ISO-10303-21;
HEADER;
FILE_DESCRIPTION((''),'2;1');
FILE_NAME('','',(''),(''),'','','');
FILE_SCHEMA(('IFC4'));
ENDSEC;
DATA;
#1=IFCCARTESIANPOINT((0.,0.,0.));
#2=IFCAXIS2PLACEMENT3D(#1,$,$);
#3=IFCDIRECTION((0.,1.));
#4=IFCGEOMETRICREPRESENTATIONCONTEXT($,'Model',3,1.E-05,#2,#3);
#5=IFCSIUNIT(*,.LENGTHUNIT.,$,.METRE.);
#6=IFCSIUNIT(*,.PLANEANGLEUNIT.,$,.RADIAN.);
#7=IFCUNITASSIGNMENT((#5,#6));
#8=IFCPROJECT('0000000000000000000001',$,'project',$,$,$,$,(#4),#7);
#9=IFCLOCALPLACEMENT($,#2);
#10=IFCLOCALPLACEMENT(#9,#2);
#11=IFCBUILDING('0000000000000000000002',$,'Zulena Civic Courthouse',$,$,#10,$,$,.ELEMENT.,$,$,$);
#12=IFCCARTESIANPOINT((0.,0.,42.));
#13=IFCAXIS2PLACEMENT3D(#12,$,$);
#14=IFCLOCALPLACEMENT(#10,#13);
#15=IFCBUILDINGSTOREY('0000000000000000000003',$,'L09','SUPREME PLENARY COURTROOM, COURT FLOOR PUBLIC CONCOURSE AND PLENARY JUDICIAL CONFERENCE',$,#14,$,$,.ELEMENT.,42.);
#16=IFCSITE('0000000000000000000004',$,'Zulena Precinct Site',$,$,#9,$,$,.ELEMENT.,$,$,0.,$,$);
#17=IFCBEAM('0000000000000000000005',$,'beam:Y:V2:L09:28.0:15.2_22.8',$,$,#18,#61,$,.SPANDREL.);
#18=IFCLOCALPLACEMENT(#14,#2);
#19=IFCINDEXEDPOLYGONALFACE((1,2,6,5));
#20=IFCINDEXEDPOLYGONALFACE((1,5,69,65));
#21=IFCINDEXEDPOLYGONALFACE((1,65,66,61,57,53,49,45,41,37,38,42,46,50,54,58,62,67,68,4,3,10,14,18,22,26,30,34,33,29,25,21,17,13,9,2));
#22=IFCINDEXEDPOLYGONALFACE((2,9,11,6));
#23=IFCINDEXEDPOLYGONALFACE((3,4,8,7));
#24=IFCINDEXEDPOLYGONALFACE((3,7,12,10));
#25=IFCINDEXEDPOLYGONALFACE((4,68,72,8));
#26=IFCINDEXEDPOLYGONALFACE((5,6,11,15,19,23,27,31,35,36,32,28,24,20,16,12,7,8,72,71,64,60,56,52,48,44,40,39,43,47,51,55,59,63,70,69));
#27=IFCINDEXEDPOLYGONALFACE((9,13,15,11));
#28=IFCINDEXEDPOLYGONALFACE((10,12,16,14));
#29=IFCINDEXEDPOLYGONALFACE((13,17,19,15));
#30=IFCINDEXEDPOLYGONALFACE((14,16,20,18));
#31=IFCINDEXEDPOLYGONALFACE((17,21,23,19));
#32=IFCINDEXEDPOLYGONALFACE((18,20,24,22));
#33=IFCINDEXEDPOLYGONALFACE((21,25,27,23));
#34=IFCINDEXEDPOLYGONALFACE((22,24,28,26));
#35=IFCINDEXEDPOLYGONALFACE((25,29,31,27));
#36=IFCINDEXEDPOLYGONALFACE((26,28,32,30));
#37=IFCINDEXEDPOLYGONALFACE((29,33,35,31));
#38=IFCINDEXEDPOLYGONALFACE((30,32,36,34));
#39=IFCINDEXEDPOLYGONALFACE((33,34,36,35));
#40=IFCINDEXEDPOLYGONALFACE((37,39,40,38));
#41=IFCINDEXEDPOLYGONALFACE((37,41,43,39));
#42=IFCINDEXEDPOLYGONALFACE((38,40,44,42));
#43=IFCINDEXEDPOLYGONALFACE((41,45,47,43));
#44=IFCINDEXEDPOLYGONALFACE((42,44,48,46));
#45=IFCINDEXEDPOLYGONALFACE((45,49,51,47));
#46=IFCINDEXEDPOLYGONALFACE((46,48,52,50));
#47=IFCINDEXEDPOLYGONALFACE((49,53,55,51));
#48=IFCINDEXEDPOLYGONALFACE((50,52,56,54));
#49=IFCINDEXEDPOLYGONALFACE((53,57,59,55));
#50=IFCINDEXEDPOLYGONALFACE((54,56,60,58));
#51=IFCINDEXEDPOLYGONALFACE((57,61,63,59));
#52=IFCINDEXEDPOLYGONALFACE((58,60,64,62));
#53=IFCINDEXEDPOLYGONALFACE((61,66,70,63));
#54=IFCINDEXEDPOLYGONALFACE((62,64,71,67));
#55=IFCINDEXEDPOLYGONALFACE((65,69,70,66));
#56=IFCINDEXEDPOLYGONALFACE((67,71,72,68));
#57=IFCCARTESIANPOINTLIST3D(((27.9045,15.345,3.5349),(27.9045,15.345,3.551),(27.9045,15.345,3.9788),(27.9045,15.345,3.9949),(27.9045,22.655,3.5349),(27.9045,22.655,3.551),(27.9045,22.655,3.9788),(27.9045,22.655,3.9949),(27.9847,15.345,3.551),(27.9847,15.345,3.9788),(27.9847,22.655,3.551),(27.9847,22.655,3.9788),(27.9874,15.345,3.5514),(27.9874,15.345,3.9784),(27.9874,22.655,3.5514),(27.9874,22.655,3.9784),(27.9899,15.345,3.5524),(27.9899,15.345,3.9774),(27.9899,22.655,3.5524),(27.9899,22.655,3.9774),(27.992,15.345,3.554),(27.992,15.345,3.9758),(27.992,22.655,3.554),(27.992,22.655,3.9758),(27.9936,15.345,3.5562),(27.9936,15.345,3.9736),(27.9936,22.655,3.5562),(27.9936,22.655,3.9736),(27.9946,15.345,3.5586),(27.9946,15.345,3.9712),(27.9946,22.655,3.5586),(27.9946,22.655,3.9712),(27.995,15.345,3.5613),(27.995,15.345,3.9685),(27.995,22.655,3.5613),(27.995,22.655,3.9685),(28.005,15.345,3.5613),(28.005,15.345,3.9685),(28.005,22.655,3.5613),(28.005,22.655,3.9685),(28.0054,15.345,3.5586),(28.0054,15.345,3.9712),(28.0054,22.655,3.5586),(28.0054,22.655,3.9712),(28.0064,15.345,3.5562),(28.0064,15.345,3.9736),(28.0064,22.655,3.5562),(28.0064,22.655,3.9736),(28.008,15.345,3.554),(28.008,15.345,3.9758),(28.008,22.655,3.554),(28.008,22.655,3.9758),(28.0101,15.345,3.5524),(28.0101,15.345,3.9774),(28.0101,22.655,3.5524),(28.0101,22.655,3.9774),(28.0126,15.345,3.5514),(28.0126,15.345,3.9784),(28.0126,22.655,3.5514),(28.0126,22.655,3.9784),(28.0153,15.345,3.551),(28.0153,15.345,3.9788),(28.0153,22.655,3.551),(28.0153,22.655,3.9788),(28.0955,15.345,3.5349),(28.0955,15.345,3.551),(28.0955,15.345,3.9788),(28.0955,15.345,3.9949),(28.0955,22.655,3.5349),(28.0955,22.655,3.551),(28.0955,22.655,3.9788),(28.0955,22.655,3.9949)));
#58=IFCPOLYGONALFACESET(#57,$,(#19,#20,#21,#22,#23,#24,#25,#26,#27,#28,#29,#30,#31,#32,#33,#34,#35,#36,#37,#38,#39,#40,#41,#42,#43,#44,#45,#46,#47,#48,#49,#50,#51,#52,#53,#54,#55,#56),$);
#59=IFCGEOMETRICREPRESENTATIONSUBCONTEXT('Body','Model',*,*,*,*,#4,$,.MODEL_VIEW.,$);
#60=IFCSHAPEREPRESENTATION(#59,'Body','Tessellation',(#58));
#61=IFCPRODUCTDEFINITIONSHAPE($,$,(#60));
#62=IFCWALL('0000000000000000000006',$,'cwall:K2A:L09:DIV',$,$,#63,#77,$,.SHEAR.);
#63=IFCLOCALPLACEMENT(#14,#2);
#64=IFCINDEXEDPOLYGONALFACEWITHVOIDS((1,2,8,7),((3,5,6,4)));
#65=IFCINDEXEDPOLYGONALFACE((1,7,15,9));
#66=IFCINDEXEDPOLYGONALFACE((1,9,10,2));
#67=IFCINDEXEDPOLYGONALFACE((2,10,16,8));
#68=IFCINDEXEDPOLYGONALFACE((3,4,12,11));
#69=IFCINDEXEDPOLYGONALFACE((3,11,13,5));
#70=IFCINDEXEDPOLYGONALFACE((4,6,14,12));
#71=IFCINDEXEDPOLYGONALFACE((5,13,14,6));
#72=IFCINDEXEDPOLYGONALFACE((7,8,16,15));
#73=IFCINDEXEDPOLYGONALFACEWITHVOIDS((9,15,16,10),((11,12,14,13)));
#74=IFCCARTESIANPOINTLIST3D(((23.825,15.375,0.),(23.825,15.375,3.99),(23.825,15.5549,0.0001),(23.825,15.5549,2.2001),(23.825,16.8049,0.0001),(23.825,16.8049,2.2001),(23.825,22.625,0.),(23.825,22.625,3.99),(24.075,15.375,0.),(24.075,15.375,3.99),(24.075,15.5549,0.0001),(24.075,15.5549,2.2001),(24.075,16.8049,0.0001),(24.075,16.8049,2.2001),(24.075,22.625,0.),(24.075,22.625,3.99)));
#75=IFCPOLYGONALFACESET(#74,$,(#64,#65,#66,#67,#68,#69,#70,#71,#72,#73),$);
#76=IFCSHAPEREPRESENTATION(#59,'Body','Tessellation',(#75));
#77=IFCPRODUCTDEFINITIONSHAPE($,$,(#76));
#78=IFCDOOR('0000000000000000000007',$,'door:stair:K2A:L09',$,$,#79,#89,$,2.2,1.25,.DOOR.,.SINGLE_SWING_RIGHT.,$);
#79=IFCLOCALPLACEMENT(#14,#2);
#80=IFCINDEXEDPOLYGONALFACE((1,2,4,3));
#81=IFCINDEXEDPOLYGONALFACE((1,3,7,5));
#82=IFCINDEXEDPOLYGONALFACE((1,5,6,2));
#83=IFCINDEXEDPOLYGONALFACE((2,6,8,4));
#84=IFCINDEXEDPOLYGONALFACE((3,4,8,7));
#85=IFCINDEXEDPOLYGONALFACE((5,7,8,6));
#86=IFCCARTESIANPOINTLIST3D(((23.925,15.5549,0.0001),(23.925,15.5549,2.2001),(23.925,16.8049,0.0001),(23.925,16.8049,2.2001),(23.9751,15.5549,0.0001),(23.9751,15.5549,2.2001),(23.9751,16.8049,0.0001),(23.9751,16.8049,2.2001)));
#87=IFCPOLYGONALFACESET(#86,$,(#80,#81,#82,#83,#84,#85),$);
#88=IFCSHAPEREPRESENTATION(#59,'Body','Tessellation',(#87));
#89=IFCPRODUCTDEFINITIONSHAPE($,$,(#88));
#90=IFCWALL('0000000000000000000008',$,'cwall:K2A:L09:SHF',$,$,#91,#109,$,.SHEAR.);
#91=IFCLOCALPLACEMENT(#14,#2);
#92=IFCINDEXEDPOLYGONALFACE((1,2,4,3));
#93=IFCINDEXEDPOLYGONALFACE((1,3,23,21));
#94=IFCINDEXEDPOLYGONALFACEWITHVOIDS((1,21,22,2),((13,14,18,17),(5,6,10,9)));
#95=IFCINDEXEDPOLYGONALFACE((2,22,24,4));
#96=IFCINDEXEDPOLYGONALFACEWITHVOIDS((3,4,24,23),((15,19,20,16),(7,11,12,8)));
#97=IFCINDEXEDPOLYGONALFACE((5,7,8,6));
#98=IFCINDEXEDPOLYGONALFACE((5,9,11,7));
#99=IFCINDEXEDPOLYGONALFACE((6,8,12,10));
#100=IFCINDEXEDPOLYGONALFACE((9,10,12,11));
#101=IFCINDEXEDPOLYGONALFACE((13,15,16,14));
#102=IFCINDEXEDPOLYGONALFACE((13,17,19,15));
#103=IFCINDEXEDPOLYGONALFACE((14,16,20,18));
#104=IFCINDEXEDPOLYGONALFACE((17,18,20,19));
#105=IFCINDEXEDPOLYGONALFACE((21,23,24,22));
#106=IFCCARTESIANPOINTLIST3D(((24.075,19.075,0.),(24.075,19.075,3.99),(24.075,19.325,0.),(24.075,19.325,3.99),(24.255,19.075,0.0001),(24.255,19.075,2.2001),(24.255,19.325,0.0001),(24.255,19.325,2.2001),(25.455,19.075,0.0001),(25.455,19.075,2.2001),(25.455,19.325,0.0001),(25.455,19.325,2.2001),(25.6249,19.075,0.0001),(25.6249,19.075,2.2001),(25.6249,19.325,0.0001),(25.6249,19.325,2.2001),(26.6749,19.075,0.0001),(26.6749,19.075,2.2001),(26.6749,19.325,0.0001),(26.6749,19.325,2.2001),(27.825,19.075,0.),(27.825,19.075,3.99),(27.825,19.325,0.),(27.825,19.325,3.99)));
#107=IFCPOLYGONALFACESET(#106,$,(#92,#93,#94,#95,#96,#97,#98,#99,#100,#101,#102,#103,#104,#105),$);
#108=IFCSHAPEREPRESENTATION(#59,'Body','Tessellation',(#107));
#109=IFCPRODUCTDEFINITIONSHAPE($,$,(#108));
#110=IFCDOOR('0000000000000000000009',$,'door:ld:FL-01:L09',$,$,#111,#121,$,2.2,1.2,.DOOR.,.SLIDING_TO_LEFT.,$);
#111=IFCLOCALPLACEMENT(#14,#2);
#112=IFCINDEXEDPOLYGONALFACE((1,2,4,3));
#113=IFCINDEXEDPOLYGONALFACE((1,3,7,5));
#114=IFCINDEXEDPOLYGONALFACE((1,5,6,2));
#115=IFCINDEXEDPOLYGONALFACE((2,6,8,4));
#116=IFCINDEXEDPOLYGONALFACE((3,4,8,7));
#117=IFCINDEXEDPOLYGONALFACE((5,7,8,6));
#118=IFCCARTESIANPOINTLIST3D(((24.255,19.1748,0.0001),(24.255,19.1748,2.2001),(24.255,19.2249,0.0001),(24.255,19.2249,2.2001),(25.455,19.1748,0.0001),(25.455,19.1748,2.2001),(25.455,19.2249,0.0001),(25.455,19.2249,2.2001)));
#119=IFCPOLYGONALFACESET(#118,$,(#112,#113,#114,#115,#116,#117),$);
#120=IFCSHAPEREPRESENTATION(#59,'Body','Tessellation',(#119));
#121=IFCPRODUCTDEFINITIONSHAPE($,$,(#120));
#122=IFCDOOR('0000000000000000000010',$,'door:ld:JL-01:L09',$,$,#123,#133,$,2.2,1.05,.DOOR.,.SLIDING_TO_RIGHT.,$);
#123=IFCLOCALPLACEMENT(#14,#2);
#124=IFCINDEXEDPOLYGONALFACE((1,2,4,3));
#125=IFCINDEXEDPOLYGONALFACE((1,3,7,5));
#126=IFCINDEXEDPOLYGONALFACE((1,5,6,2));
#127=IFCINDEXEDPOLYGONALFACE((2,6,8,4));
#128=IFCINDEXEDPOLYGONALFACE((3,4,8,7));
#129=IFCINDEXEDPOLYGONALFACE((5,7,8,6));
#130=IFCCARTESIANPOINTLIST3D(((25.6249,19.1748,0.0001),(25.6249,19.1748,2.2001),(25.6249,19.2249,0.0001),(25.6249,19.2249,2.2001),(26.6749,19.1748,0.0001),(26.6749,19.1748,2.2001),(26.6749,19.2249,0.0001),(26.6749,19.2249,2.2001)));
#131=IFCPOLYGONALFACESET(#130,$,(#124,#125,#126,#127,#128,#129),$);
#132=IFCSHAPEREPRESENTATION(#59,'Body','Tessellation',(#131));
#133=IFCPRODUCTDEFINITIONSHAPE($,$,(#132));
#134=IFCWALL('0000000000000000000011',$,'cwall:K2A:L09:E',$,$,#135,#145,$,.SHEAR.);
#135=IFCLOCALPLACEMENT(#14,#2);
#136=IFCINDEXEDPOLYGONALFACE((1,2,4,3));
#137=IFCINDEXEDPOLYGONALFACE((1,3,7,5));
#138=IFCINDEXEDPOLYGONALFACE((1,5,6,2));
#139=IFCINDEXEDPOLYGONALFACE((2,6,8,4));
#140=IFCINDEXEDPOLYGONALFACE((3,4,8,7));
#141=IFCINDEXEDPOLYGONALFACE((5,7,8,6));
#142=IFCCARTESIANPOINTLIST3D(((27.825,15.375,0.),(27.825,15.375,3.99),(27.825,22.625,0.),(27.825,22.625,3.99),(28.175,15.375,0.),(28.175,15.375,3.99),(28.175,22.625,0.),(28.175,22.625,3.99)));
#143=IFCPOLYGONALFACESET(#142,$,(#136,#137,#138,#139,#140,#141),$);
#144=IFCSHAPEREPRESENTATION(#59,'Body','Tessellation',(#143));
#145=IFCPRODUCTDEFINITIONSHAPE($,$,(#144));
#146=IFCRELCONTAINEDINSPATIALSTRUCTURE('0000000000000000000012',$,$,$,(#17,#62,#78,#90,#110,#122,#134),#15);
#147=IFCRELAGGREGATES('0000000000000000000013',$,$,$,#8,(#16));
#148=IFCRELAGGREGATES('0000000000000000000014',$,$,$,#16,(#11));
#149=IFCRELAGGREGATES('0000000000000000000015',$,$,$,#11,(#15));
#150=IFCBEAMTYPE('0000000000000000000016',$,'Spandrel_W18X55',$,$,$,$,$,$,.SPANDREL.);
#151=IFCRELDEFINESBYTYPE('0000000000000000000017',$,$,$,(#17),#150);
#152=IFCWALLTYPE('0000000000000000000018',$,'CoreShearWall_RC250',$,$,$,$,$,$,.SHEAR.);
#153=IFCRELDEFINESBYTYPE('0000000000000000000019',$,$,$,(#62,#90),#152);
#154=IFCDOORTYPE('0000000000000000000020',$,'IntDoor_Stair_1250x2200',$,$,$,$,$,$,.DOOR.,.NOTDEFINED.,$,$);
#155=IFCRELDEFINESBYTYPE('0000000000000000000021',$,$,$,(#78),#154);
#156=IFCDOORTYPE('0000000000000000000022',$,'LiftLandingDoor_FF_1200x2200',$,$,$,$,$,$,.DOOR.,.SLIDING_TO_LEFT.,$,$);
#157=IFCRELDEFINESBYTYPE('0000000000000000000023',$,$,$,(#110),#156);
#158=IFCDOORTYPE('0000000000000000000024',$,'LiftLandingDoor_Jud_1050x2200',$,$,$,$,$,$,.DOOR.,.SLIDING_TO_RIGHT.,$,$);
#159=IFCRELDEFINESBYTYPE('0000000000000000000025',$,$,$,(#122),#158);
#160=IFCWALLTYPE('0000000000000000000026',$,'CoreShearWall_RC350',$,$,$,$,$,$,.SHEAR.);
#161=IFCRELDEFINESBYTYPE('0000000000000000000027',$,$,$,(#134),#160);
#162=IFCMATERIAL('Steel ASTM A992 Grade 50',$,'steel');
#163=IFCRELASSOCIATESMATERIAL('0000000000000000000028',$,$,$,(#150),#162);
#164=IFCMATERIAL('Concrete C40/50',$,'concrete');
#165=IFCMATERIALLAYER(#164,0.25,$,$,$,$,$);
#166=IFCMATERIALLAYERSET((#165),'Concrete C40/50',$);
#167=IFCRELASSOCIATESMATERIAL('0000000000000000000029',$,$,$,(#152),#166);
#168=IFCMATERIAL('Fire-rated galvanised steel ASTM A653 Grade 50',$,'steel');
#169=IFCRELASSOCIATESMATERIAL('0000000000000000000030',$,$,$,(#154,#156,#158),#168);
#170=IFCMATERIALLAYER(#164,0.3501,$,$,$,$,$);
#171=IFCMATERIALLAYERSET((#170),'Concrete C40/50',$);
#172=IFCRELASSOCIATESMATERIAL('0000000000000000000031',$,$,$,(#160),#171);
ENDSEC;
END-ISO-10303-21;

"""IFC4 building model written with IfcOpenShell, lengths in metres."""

from ifc_helpers import new_model, si_unit, direction, frame, frame_2d, origin, origin_2d, place, context, subcontext, project, spatial, rectangle, i_section, extrude, material, layer, layer_set, material_profile, profile_set, type_object, element, fill, save


model = new_model("IFC4")

# Units and contexts
model_context = context("Model", 3, precision=1e-05, world=origin(), true_north=direction((0.0, 1.0)))
body_context = subcontext(model_context, "Body", "Model", "MODEL_VIEW")
ifc_project = project(units=[si_unit("LENGTHUNIT", "METRE"), si_unit("PLANEANGLEUNIT", "RADIAN")], contexts=[model_context])

# Site, building, storey
site_placement = place(None, origin())
site = spatial("IfcSite", under=ifc_project, at=site_placement, Name="Zulena Precinct Site", CompositionType="ELEMENT", RefElevation=0.0)
building_placement = place(site_placement, origin())
building = spatial("IfcBuilding", under=site, at=building_placement, Name="Zulena Civic Courthouse", CompositionType="ELEMENT")
storey_placement = place(building_placement, frame((0.0, 0.0, 42.0)))
storey = spatial("IfcBuildingStorey", under=building, at=storey_placement, Name="L09", Description="SUPREME PLENARY COURTROOM, COURT FLOOR PUBLIC CONCOURSE AND PLENARY JUDICIAL CONFERENCE", CompositionType="ELEMENT", Elevation=42.0)

# Shared definitions
ifc_material_1 = material(Name="Steel ASTM A992 Grade 50", Category="steel")

# Beam
ifc_material_profile_1 = material_profile(ifc_material_1, i_section(OverallWidth=0.1909, OverallDepth=0.46, WebThickness=0.01, FlangeThickness=0.0161, FilletRadius=0.0103, at=origin_2d()), Name="W18X55")
ifc_profile_set_1 = profile_set([ifc_material_profile_1], Name="Steel ASTM A992 Grade 50")
beam_type_1 = type_object("IfcBeamType", Name="Spandrel_W18X55", PredefinedType="SPANDREL", material=ifc_profile_set_1)
for number, where, z_axis, x_axis, name in (
    (1, (28.0, 15.345, 3.7649), (0.0, 1.0, 0.0), (-1.0, 0.0, 0.0), "beam:Y:V2:L09:28.0:15.2_22.8"),
):
    element("IfcBeam", number, at=place(storey_placement, frame(where, z_axis=z_axis, x_axis=x_axis)), inside=storey, type_object=beam_type_1, Name=name, PredefinedType="SPANDREL", context=body_context, shape_type="SweptSolid", body=[
        extrude(i_section(OverallWidth=0.1909, OverallDepth=0.46, WebThickness=0.01, FlangeThickness=0.0161, FilletRadius=0.0103, at=origin_2d()), origin(), (0.0, 0.0, 1.0), 7.3101),
    ])

# Wall, opening, door
ifc_material_2 = material(Name="Concrete C40/50", Category="concrete")
ifc_layer_1 = layer(ifc_material_2, 0.25)
ifc_layer_set_1 = layer_set([ifc_layer_1], Name="Concrete C40/50")
wall_type_1 = type_object("IfcWallType", Name="CoreShearWall_RC250", PredefinedType="SHEAR", material=ifc_layer_set_1)
wall_1_placement = place(storey_placement, frame((23.95, 15.375, 0.0), z_axis=(0.0, 0.0, 1.0), x_axis=(0.0, 1.0, 0.0)))
wall_1 = element("IfcWall", 2, at=wall_1_placement, inside=storey, type_object=wall_type_1, Name="cwall:K2A:L09:DIV", PredefinedType="SHEAR", context=body_context, shape_type="SweptSolid", body=[
    extrude(rectangle(XDim=7.25, YDim=0.25, at=frame_2d((3.625, 0.0))), origin(), (0.0, 0.0, 1.0), 3.99),
])
opening_1_placement = place(wall_1_placement, frame((0.1799, 0.0, 0.0)))
opening_1 = element("IfcOpeningElement", 3, at=opening_1_placement, cuts=wall_1, PredefinedType="OPENING", context=body_context, shape_type="SweptSolid", body=[
    extrude(rectangle(XDim=1.25, YDim=2.2, at=frame_2d((0.625, 1.1001))), frame((0.0, 0.135, 0.0), z_axis=(0.0, -1.0, 0.0), x_axis=(1.0, 0.0, 0.0)), (0.0, 0.0, 1.0), 0.27),
])
ifc_material_3 = material(Name="Fire-rated galvanised steel ASTM A653 Grade 50", Category="steel")
door_type_1 = type_object("IfcDoorType", Name="IntDoor_Stair_1250x2200", OperationType="NOTDEFINED", PredefinedType="DOOR", material=ifc_material_3)
door_1_placement = place(opening_1_placement, origin())
door_1 = element("IfcDoor", 4, at=door_1_placement, inside=storey, type_object=door_type_1, Name="door:stair:K2A:L09", OperationType="SINGLE_SWING_RIGHT", OverallHeight=2.2, OverallWidth=1.25, PredefinedType="DOOR", context=body_context, shape_type="SweptSolid", body=[
    extrude(rectangle(XDim=1.25, YDim=2.2, at=frame_2d((0.625, 1.1001))), frame((0.0, 0.0249, 0.0), z_axis=(0.0, -1.0, 0.0), x_axis=(1.0, 0.0, 0.0)), (0.0, 0.0, 1.0), 0.05),
])
fill(opening_1, door_1)

# Wall, openings, doors
wall_2_placement = place(storey_placement, frame((24.075, 19.2, 0.0), z_axis=(0.0, 0.0, 1.0), x_axis=(1.0, 0.0, 0.0)))
wall_2 = element("IfcWall", 5, at=wall_2_placement, inside=storey, type_object=wall_type_1, Name="cwall:K2A:L09:SHF", PredefinedType="SHEAR", context=body_context, shape_type="SweptSolid", body=[
    extrude(rectangle(XDim=3.75, YDim=0.25, at=frame_2d((1.875, 0.0))), origin(), (0.0, 0.0, 1.0), 3.99),
])
opening_2_placement = place(wall_2_placement, frame((0.1799, 0.0, 0.0)))
opening_2 = element("IfcOpeningElement", 6, at=opening_2_placement, cuts=wall_2, PredefinedType="OPENING", context=body_context, shape_type="SweptSolid", body=[
    extrude(rectangle(XDim=1.2, YDim=2.2, at=frame_2d((0.6001, 1.1001))), frame((0.0, 0.135, 0.0), z_axis=(0.0, -1.0, 0.0), x_axis=(1.0, 0.0, 0.0)), (0.0, 0.0, 1.0), 0.27),
])
opening_3_placement = place(wall_2_placement, frame((1.55, 0.0, 0.0)))
opening_3 = element("IfcOpeningElement", 7, at=opening_3_placement, cuts=wall_2, PredefinedType="OPENING", context=body_context, shape_type="SweptSolid", body=[
    extrude(rectangle(XDim=1.05, YDim=2.2, at=frame_2d((0.5249, 1.1001))), frame((0.0, 0.135, 0.0), z_axis=(0.0, -1.0, 0.0), x_axis=(1.0, 0.0, 0.0)), (0.0, 0.0, 1.0), 0.27),
])
door_type_2 = type_object("IfcDoorType", Name="LiftLandingDoor_FF_1200x2200", OperationType="SLIDING_TO_LEFT", PredefinedType="DOOR", material=ifc_material_3)
door_2_placement = place(opening_2_placement, origin())
door_2 = element("IfcDoor", 8, at=door_2_placement, inside=storey, type_object=door_type_2, Name="door:ld:FL-01:L09", OperationType="SLIDING_TO_LEFT", OverallHeight=2.2, OverallWidth=1.2, PredefinedType="DOOR", context=body_context, shape_type="SweptSolid", body=[
    extrude(rectangle(XDim=1.2, YDim=2.2, at=frame_2d((0.6001, 1.1001))), frame((0.0, 0.0249, 0.0), z_axis=(0.0, -1.0, 0.0), x_axis=(1.0, 0.0, 0.0)), (0.0, 0.0, 1.0), 0.05),
])
fill(opening_2, door_2)
door_type_3 = type_object("IfcDoorType", Name="LiftLandingDoor_Jud_1050x2200", OperationType="SLIDING_TO_RIGHT", PredefinedType="DOOR", material=ifc_material_3)
door_3_placement = place(opening_3_placement, origin())
door_3 = element("IfcDoor", 9, at=door_3_placement, inside=storey, type_object=door_type_3, Name="door:ld:JL-01:L09", OperationType="SLIDING_TO_RIGHT", OverallHeight=2.2, OverallWidth=1.05, PredefinedType="DOOR", context=body_context, shape_type="SweptSolid", body=[
    extrude(rectangle(XDim=1.05, YDim=2.2, at=frame_2d((0.5249, 1.1001))), frame((0.0, 0.0249, 0.0), z_axis=(0.0, -1.0, 0.0), x_axis=(1.0, 0.0, 0.0)), (0.0, 0.0, 1.0), 0.05),
])
fill(opening_3, door_3)

# Wall
ifc_layer_2 = layer(ifc_material_2, 0.3501)
ifc_layer_set_2 = layer_set([ifc_layer_2], Name="Concrete C40/50")
wall_type_2 = type_object("IfcWallType", Name="CoreShearWall_RC350", PredefinedType="SHEAR", material=ifc_layer_set_2)
wall_3_placement = place(storey_placement, frame((28.0, 15.375, 0.0), z_axis=(0.0, 0.0, 1.0), x_axis=(0.0, 1.0, 0.0)))
element("IfcWall", 10, at=wall_3_placement, inside=storey, type_object=wall_type_2, Name="cwall:K2A:L09:E", PredefinedType="SHEAR", context=body_context, shape_type="SweptSolid", body=[
    extrude(rectangle(XDim=7.25, YDim=0.3501, at=frame_2d((3.625, 0.0))), origin(), (0.0, 0.0, 1.0), 3.99),
])

save(model, "model.ifc")
